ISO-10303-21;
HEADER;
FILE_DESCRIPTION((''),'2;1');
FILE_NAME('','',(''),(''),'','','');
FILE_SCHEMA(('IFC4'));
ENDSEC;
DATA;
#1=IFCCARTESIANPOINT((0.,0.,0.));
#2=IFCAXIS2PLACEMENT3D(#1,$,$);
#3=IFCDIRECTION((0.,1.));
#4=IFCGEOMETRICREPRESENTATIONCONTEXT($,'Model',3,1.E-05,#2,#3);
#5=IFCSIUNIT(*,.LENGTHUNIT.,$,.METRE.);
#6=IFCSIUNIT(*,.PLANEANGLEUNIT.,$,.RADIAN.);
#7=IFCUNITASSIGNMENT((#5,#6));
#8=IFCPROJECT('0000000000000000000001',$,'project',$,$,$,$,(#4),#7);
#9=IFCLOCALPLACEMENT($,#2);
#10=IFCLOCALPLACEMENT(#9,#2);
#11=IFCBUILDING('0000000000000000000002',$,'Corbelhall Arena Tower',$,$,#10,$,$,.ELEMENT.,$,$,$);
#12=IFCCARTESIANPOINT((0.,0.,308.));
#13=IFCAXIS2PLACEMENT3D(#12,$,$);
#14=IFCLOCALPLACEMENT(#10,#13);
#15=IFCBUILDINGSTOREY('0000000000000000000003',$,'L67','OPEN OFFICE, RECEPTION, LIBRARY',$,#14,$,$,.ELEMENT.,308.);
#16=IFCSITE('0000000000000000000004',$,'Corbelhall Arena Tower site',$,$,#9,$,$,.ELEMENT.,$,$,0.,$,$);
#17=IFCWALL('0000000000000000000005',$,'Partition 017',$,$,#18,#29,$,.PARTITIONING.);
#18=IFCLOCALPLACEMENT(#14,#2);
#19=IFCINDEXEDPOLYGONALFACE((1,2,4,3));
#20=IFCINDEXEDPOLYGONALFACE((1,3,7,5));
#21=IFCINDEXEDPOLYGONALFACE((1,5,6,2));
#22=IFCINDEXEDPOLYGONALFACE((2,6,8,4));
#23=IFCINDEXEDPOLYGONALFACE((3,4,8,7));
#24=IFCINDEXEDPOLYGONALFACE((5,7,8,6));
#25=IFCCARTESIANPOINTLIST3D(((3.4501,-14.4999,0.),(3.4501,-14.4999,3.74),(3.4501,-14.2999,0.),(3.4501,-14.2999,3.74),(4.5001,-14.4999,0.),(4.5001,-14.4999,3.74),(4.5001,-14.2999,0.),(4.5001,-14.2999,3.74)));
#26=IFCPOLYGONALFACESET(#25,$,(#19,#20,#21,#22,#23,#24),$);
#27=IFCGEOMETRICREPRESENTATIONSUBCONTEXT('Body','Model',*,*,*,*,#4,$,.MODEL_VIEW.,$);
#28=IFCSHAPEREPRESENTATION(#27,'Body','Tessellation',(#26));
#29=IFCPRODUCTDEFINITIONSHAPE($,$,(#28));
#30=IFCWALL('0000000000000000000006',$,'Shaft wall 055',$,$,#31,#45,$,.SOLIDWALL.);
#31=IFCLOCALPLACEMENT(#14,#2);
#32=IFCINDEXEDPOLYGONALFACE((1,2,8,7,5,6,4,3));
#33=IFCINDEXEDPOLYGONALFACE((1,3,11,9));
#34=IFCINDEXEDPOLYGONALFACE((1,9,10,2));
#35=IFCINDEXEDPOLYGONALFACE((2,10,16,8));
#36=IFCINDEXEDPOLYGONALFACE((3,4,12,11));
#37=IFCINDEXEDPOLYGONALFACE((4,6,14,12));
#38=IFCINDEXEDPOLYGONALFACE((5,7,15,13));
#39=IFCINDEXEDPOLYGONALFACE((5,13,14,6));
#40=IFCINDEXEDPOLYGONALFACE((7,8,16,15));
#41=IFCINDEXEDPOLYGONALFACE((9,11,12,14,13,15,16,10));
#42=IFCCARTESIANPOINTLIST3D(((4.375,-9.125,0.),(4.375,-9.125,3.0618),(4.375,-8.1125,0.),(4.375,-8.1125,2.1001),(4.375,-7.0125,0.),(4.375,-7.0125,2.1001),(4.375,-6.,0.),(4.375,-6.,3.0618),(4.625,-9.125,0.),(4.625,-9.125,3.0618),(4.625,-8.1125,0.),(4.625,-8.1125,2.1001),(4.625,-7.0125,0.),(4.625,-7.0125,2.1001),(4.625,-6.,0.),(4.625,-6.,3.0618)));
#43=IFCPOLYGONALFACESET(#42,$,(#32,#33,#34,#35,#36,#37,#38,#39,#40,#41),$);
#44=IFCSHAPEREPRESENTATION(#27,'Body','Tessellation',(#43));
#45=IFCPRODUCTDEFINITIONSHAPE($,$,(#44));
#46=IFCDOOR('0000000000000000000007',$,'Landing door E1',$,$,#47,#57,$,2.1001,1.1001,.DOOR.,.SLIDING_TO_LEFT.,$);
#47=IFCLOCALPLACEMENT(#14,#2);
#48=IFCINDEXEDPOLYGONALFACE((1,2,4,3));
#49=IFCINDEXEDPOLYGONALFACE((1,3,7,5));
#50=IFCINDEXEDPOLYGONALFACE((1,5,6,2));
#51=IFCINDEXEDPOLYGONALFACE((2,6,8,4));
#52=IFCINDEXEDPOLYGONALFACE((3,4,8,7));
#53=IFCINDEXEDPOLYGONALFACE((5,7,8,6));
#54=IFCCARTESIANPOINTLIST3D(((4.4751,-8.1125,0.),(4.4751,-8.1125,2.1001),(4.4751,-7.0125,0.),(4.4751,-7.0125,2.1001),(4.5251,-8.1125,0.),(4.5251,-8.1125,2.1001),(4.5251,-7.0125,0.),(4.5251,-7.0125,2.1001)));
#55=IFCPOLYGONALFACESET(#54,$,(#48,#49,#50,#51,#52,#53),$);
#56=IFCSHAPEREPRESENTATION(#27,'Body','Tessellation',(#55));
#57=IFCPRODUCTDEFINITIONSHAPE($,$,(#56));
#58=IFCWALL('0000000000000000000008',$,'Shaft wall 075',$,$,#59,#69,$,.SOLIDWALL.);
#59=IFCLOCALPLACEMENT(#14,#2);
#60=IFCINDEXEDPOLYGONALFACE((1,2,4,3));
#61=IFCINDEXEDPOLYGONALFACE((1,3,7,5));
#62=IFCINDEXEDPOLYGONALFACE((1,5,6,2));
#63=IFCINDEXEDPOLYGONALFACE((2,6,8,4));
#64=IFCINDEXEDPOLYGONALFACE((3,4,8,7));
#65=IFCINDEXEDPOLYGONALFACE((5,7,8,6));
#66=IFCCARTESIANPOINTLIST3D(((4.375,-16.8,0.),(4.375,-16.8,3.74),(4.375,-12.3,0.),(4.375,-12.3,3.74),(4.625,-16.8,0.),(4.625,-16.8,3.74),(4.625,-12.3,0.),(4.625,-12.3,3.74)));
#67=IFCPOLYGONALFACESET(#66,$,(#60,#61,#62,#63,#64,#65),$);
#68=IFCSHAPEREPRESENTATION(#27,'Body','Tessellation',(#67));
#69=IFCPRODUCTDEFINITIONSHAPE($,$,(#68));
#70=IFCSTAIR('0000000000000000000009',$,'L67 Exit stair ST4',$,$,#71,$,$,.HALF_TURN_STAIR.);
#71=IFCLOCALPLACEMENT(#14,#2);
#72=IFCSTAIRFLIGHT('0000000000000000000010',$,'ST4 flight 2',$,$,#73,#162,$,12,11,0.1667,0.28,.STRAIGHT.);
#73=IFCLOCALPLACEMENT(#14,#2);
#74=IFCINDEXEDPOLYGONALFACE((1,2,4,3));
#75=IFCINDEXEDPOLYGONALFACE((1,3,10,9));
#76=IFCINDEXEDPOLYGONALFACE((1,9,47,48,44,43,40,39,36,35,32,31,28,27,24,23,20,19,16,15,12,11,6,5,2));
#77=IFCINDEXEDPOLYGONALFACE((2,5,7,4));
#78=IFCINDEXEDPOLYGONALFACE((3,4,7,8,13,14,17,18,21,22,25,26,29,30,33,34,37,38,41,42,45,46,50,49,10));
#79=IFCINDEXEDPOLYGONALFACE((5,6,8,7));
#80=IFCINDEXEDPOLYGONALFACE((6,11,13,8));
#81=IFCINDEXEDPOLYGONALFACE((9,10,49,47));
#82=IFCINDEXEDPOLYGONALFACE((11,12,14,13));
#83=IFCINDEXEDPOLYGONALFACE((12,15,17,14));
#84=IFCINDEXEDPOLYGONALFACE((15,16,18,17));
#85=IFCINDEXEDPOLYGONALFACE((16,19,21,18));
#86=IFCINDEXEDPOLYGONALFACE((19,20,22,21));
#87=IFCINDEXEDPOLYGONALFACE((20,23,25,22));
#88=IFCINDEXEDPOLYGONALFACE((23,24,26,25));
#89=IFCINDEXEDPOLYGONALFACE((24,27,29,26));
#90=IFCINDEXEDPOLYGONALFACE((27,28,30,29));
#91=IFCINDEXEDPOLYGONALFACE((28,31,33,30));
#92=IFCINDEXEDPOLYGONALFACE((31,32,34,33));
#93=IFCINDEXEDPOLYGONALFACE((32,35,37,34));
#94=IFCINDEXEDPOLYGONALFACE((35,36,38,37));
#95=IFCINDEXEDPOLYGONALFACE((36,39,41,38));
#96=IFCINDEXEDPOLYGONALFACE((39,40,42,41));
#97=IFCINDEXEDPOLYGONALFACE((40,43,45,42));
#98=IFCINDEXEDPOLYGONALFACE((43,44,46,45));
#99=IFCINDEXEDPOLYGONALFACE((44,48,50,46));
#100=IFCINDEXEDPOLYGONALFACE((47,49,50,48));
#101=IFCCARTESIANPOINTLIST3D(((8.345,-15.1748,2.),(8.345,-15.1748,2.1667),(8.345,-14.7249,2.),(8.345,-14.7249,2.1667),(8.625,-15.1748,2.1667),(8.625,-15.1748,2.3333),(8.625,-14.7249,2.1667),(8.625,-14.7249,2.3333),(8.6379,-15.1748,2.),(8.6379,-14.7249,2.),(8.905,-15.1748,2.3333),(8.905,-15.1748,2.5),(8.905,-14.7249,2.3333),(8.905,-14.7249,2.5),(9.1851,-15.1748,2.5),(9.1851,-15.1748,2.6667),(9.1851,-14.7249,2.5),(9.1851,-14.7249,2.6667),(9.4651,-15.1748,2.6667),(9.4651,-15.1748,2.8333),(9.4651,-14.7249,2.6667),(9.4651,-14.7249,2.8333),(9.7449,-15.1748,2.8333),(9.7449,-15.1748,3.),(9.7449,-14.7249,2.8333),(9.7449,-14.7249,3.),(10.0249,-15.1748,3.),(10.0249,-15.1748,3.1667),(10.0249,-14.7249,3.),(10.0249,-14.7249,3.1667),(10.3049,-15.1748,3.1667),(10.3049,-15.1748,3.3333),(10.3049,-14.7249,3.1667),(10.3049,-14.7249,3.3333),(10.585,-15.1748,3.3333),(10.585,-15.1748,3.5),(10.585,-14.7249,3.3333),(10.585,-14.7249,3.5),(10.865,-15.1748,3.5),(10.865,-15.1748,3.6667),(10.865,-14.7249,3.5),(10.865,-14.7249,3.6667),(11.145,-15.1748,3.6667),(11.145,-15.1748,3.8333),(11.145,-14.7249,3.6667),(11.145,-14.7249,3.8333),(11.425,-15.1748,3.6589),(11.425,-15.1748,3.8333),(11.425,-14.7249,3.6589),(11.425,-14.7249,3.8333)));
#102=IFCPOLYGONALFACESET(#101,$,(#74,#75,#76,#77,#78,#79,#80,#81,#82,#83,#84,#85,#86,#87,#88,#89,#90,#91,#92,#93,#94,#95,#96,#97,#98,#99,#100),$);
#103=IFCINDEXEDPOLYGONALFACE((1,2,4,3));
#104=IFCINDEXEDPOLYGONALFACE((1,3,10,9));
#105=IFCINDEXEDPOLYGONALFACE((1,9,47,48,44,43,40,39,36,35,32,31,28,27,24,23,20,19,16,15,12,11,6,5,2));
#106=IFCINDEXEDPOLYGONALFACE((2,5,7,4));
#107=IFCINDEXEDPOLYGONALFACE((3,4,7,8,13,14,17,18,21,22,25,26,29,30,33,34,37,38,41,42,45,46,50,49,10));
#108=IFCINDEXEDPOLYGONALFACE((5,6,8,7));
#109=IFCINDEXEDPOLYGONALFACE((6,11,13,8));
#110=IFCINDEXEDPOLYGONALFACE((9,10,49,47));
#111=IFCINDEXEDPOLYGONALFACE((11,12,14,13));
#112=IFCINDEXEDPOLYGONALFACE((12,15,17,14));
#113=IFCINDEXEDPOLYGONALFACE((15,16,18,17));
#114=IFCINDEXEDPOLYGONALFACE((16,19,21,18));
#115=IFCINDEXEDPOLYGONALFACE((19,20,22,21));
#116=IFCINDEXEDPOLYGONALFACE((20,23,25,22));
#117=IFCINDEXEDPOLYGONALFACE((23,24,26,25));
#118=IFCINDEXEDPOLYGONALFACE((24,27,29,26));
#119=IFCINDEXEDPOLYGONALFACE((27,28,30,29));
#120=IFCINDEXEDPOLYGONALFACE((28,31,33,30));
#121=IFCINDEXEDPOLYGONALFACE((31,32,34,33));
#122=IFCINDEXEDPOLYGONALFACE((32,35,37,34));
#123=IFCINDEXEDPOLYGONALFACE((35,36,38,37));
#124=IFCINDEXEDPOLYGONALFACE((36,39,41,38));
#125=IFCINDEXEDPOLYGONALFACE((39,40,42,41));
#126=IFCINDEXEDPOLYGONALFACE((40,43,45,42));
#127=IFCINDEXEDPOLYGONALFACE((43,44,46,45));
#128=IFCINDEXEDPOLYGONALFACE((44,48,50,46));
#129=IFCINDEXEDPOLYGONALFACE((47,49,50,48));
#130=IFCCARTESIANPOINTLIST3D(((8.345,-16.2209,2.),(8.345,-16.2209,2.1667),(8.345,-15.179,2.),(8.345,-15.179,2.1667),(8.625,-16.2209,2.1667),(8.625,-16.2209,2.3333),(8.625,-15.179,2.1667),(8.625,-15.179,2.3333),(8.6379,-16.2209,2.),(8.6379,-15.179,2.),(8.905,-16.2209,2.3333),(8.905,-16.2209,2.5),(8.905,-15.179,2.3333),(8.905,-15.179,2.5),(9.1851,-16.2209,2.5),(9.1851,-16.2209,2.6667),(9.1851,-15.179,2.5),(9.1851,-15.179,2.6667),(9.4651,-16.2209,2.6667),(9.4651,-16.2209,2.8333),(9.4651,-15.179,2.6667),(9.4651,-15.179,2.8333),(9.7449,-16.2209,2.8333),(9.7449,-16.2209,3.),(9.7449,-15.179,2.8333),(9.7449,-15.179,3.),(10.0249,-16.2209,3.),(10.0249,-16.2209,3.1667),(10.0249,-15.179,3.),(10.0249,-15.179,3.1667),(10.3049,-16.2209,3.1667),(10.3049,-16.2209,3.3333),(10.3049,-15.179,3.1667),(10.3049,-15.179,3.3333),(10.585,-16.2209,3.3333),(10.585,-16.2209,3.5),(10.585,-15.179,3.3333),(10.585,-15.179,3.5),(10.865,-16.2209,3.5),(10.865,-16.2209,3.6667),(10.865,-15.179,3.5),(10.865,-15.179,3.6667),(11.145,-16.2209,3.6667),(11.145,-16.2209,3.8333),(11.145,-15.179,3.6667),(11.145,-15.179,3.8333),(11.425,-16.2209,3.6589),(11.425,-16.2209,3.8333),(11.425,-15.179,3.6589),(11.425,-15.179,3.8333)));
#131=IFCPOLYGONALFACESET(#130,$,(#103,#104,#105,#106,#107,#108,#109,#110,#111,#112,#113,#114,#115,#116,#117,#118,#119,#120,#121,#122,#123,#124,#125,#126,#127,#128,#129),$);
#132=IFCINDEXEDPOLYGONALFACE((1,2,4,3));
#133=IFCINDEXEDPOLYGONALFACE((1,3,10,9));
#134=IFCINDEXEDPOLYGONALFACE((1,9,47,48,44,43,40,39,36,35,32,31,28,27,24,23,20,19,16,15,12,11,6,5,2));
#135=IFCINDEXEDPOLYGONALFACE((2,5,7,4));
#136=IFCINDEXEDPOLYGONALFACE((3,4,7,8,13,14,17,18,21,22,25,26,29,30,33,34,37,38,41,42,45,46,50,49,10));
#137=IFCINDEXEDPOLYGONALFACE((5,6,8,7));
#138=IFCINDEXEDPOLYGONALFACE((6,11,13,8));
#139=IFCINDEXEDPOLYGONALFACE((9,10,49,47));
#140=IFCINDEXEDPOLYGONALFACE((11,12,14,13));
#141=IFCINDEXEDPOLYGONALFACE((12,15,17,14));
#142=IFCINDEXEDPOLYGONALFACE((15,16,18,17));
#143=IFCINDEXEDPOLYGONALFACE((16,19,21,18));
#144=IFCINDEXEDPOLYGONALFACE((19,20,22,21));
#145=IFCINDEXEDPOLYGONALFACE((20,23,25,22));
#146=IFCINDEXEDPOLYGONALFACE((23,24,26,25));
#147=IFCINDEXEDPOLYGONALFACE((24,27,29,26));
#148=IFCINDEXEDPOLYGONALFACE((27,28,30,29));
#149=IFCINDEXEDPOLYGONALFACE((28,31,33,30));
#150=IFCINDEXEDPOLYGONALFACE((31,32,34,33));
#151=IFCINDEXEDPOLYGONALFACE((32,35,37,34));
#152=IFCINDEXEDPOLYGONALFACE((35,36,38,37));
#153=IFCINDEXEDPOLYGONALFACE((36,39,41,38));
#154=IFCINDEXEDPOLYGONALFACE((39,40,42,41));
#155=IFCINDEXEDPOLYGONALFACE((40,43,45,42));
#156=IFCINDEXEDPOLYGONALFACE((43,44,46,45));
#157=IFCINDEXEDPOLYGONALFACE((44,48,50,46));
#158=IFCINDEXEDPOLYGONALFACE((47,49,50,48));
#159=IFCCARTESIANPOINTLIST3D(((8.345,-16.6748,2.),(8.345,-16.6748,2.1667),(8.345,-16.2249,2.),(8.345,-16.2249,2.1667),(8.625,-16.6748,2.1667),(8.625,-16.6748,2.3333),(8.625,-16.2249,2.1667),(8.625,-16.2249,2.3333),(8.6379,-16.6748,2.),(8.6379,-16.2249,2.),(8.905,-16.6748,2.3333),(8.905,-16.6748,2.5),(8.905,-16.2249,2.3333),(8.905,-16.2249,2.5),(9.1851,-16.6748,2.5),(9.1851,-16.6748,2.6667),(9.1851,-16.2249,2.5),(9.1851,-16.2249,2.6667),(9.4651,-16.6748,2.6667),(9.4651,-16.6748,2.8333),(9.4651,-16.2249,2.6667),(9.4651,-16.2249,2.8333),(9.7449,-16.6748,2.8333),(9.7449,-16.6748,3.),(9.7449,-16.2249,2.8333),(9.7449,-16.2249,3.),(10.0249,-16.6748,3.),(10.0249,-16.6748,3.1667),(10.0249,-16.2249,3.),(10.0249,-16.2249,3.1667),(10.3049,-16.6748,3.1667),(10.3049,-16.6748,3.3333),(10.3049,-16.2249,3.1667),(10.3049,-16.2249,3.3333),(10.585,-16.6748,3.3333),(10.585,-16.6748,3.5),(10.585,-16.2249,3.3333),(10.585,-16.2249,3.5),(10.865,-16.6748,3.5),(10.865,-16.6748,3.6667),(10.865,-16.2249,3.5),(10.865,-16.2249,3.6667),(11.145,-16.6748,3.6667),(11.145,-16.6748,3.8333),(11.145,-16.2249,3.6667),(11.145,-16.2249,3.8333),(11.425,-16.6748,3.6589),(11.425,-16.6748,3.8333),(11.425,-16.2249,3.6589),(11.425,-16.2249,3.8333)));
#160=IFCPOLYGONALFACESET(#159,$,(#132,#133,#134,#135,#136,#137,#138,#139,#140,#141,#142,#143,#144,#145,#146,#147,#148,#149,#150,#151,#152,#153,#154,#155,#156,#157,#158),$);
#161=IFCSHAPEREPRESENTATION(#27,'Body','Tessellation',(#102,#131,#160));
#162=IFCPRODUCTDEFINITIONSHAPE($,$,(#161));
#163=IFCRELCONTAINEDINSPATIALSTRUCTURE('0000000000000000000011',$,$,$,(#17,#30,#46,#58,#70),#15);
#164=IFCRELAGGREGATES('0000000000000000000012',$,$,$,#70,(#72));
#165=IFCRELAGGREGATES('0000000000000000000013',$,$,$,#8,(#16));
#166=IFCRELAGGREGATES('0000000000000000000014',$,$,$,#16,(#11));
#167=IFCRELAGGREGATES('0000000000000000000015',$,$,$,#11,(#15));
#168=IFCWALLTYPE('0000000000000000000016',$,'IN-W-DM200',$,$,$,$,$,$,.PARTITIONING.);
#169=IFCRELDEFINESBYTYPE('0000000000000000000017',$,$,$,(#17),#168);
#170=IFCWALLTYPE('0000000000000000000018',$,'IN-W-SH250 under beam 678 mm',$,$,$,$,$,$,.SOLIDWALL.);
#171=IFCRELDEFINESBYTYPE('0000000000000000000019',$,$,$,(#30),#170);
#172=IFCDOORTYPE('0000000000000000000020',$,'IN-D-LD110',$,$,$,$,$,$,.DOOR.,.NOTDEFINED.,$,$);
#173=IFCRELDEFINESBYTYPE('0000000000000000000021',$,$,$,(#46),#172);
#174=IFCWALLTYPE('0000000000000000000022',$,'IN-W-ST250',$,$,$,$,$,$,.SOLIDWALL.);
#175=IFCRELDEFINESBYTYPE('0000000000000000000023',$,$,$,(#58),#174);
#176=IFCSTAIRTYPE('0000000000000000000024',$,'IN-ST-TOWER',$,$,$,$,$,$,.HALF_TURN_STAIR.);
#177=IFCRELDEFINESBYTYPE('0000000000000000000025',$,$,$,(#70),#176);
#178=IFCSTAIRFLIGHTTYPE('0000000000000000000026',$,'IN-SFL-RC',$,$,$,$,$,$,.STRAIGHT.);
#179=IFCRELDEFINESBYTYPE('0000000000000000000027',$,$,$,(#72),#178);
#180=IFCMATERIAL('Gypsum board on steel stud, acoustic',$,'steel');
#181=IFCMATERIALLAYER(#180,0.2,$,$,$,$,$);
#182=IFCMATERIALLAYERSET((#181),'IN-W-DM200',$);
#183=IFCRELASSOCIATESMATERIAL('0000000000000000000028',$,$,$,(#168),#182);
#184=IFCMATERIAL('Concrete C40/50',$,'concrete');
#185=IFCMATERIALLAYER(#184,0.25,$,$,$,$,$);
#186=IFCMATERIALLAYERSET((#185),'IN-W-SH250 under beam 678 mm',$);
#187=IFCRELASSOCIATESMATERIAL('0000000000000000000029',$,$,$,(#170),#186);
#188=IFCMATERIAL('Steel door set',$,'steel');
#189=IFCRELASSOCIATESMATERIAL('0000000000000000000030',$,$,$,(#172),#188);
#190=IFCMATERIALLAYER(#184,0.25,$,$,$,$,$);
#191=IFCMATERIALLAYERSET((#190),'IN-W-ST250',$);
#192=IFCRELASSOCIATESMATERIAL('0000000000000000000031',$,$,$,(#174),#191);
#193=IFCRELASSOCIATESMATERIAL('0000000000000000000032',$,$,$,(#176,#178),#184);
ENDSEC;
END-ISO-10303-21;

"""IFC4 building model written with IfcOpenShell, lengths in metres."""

from ifc_helpers import new_model, si_unit, direction, frame, frame_2d, origin, place, context, subcontext, project, spatial, polyline, rectangle, outline, extrude, material, layer, layer_set, type_object, element, fill, aggregate, save


model = new_model("IFC4")

# Units and contexts
model_context = context("Model", 3, precision=1e-05, world=origin(), true_north=direction((0.0, 1.0)))
body_context = subcontext(model_context, "Body", "Model", "MODEL_VIEW")
ifc_project = project(units=[si_unit("LENGTHUNIT", "METRE"), si_unit("PLANEANGLEUNIT", "RADIAN")], contexts=[model_context])

# Site, building, storey
site_placement = place(None, origin())
site = spatial("IfcSite", under=ifc_project, at=site_placement, Name="Corbelhall Arena Tower site", CompositionType="ELEMENT", RefElevation=0.0)
building_placement = place(site_placement, origin())
building = spatial("IfcBuilding", under=site, at=building_placement, Name="Corbelhall Arena Tower", CompositionType="ELEMENT")
storey_placement = place(building_placement, frame((0.0, 0.0, 308.0)))
storey = spatial("IfcBuildingStorey", under=building, at=storey_placement, Name="L67", Description="OPEN OFFICE, RECEPTION, LIBRARY", CompositionType="ELEMENT", Elevation=308.0)

# Wall
ifc_material_1 = material(Name="Gypsum board on steel stud, acoustic", Category="steel")
ifc_layer_1 = layer(ifc_material_1, 0.2)
ifc_layer_set_1 = layer_set([ifc_layer_1], Name="IN-W-DM200")
wall_type_1 = type_object("IfcWallType", Name="IN-W-DM200", PredefinedType="PARTITIONING", material=ifc_layer_set_1)
wall_1_placement = place(storey_placement, frame((4.5, -14.3999, 0.0), z_axis=(0.0, 0.0, 1.0), x_axis=(-1.0, 0.0, 0.0)))
element("IfcWall", 1, at=wall_1_placement, inside=storey, type_object=wall_type_1, Name="Partition 017", PredefinedType="PARTITIONING", context=body_context, shape_type="SweptSolid", body=[
    extrude(rectangle(XDim=1.05, YDim=0.2, at=frame_2d((0.5249, 0.0))), origin(), (0.0, 0.0, 1.0), 3.74),
])

# Wall, opening, door
ifc_material_2 = material(Name="Concrete C40/50", Category="concrete")
ifc_layer_2 = layer(ifc_material_2, 0.25)
ifc_layer_set_2 = layer_set([ifc_layer_2], Name="IN-W-SH250 under beam 678 mm")
wall_type_2 = type_object("IfcWallType", Name="IN-W-SH250 under beam 678 mm", PredefinedType="SOLIDWALL", material=ifc_layer_set_2)
wall_2_placement = place(storey_placement, frame((4.5, -9.125, 0.0), z_axis=(0.0, 0.0, 1.0), x_axis=(0.0, 1.0, 0.0)))
wall_2 = element("IfcWall", 2, at=wall_2_placement, inside=storey, type_object=wall_type_2, Name="Shaft wall 055", PredefinedType="SOLIDWALL", context=body_context, shape_type="SweptSolid", body=[
    extrude(rectangle(XDim=3.125, YDim=0.25, at=frame_2d((1.5625, 0.0))), origin(), (0.0, 0.0, 1.0), 3.0618),
])
opening_1_placement = place(wall_2_placement, frame((1.0125, 0.0, 0.0)))
opening_1 = element("IfcOpeningElement", 3, at=opening_1_placement, cuts=wall_2, PredefinedType="OPENING", context=body_context, shape_type="SweptSolid", body=[
    extrude(rectangle(XDim=1.1001, YDim=2.1001, at=frame_2d((0.55, 1.05))), frame((0.0, 0.125, 0.0), z_axis=(0.0, -1.0, 0.0), x_axis=(1.0, 0.0, 0.0)), (0.0, 0.0, 1.0), 0.25),
])
ifc_material_3 = material(Name="Steel door set", Category="steel")
door_type = type_object("IfcDoorType", Name="IN-D-LD110", OperationType="NOTDEFINED", PredefinedType="DOOR", material=ifc_material_3)
door_placement = place(opening_1_placement, origin())
door = element("IfcDoor", 4, at=door_placement, inside=storey, type_object=door_type, Name="Landing door E1", OperationType="SLIDING_TO_LEFT", OverallHeight=2.1001, OverallWidth=1.1001, PredefinedType="DOOR", context=body_context, shape_type="SweptSolid", body=[
    extrude(rectangle(XDim=1.1001, YDim=2.1001, at=frame_2d((0.55, 1.05))), frame((0.0, 0.0249, 0.0), z_axis=(0.0, -1.0, 0.0), x_axis=(1.0, 0.0, 0.0)), (0.0, 0.0, 1.0), 0.05),
])
fill(opening_1, door)

# Wall
ifc_layer_3 = layer(ifc_material_2, 0.25)
ifc_layer_set_3 = layer_set([ifc_layer_3], Name="IN-W-ST250")
wall_type_3 = type_object("IfcWallType", Name="IN-W-ST250", PredefinedType="SOLIDWALL", material=ifc_layer_set_3)
wall_3_placement = place(storey_placement, frame((4.5, -16.8, 0.0), z_axis=(0.0, 0.0, 1.0), x_axis=(0.0, 1.0, 0.0)))
element("IfcWall", 5, at=wall_3_placement, inside=storey, type_object=wall_type_3, Name="Shaft wall 075", PredefinedType="SOLIDWALL", context=body_context, shape_type="SweptSolid", body=[
    extrude(rectangle(XDim=4.5, YDim=0.25, at=frame_2d((2.25, 0.0))), origin(), (0.0, 0.0, 1.0), 3.74),
])

# Stair, stair flight
stair_type = type_object("IfcStairType", Name="IN-ST-TOWER", PredefinedType="HALF_TURN_STAIR", material=ifc_material_2)
stair_placement = place(storey_placement, origin())
stair = element("IfcStair", 6, at=stair_placement, inside=storey, type_object=stair_type, Name="L67 Exit stair ST4", PredefinedType="HALF_TURN_STAIR")
stair_flight_type = type_object("IfcStairFlightType", Name="IN-SFL-RC", PredefinedType="STRAIGHT", material=ifc_material_2)
stair_flight_placement = place(storey_placement, frame((8.345, -15.7, 2.0), z_axis=(0.0, 0.0, 1.0), x_axis=(1.0, 0.0, 0.0)))
stair_flight = element("IfcStairFlight", 7, at=stair_flight_placement, type_object=stair_flight_type, Name="ST4 flight 2", NumberOfRisers=12, NumberOfTreads=11, PredefinedType="STRAIGHT", RiserHeight=0.1667, TreadLength=0.28, context=body_context, shape_type="SweptSolid", body=[
    extrude(outline(polyline([(0.0, 0.0), (0.0, 0.1667), (0.28, 0.1667), (0.28, 0.3333), (0.5601, 0.3333), (0.5601, 0.5), (0.8401, 0.5), (0.8401, 0.6667), (1.1201, 0.6667), (1.1201, 0.8333), (1.3999, 0.8333), (1.3999, 1.0), (1.6799, 1.0), (1.6799, 1.1667), (1.96, 1.1667), (1.96, 1.3333), (2.24, 1.3333), (2.24, 1.5), (2.52, 1.5), (2.52, 1.6667), (2.8, 1.6667), (2.8, 1.8333), (3.0801, 1.8333), (3.0801, 2.0), (3.0801, 1.6589), (0.293, 0.0), (0.0, 0.0)])), frame((0.0, 0.9751, 0.0), z_axis=(0.0, -1.0, 0.0), x_axis=(1.0, 0.0, 0.0)), (0.0, 0.0, 1.0), 0.45),
    extrude(outline(polyline([(0.0, 0.0), (0.0, 0.1667), (0.28, 0.1667), (0.28, 0.3333), (0.5601, 0.3333), (0.5601, 0.5), (0.8401, 0.5), (0.8401, 0.6667), (1.1201, 0.6667), (1.1201, 0.8333), (1.3999, 0.8333), (1.3999, 1.0), (1.6799, 1.0), (1.6799, 1.1667), (1.96, 1.1667), (1.96, 1.3333), (2.24, 1.3333), (2.24, 1.5), (2.52, 1.5), (2.52, 1.6667), (2.8, 1.6667), (2.8, 1.8333), (3.0801, 1.8333), (3.0801, 2.0), (3.0801, 1.6589), (0.293, 0.0), (0.0, 0.0)])), frame((0.0, 0.521, 0.0), z_axis=(0.0, -1.0, 0.0), x_axis=(1.0, 0.0, 0.0)), (0.0, 0.0, 1.0), 1.042),
    extrude(outline(polyline([(0.0, 0.0), (0.0, 0.1667), (0.28, 0.1667), (0.28, 0.3333), (0.5601, 0.3333), (0.5601, 0.5), (0.8401, 0.5), (0.8401, 0.6667), (1.1201, 0.6667), (1.1201, 0.8333), (1.3999, 0.8333), (1.3999, 1.0), (1.6799, 1.0), (1.6799, 1.1667), (1.96, 1.1667), (1.96, 1.3333), (2.24, 1.3333), (2.24, 1.5), (2.52, 1.5), (2.52, 1.6667), (2.8, 1.6667), (2.8, 1.8333), (3.0801, 1.8333), (3.0801, 2.0), (3.0801, 1.6589), (0.293, 0.0), (0.0, 0.0)])), frame((0.0, -0.5249, 0.0), z_axis=(0.0, -1.0, 0.0), x_axis=(1.0, 0.0, 0.0)), (0.0, 0.0, 1.0), 0.45),
])
aggregate(stair, [stair_flight])

save(model, "model.ifc")
